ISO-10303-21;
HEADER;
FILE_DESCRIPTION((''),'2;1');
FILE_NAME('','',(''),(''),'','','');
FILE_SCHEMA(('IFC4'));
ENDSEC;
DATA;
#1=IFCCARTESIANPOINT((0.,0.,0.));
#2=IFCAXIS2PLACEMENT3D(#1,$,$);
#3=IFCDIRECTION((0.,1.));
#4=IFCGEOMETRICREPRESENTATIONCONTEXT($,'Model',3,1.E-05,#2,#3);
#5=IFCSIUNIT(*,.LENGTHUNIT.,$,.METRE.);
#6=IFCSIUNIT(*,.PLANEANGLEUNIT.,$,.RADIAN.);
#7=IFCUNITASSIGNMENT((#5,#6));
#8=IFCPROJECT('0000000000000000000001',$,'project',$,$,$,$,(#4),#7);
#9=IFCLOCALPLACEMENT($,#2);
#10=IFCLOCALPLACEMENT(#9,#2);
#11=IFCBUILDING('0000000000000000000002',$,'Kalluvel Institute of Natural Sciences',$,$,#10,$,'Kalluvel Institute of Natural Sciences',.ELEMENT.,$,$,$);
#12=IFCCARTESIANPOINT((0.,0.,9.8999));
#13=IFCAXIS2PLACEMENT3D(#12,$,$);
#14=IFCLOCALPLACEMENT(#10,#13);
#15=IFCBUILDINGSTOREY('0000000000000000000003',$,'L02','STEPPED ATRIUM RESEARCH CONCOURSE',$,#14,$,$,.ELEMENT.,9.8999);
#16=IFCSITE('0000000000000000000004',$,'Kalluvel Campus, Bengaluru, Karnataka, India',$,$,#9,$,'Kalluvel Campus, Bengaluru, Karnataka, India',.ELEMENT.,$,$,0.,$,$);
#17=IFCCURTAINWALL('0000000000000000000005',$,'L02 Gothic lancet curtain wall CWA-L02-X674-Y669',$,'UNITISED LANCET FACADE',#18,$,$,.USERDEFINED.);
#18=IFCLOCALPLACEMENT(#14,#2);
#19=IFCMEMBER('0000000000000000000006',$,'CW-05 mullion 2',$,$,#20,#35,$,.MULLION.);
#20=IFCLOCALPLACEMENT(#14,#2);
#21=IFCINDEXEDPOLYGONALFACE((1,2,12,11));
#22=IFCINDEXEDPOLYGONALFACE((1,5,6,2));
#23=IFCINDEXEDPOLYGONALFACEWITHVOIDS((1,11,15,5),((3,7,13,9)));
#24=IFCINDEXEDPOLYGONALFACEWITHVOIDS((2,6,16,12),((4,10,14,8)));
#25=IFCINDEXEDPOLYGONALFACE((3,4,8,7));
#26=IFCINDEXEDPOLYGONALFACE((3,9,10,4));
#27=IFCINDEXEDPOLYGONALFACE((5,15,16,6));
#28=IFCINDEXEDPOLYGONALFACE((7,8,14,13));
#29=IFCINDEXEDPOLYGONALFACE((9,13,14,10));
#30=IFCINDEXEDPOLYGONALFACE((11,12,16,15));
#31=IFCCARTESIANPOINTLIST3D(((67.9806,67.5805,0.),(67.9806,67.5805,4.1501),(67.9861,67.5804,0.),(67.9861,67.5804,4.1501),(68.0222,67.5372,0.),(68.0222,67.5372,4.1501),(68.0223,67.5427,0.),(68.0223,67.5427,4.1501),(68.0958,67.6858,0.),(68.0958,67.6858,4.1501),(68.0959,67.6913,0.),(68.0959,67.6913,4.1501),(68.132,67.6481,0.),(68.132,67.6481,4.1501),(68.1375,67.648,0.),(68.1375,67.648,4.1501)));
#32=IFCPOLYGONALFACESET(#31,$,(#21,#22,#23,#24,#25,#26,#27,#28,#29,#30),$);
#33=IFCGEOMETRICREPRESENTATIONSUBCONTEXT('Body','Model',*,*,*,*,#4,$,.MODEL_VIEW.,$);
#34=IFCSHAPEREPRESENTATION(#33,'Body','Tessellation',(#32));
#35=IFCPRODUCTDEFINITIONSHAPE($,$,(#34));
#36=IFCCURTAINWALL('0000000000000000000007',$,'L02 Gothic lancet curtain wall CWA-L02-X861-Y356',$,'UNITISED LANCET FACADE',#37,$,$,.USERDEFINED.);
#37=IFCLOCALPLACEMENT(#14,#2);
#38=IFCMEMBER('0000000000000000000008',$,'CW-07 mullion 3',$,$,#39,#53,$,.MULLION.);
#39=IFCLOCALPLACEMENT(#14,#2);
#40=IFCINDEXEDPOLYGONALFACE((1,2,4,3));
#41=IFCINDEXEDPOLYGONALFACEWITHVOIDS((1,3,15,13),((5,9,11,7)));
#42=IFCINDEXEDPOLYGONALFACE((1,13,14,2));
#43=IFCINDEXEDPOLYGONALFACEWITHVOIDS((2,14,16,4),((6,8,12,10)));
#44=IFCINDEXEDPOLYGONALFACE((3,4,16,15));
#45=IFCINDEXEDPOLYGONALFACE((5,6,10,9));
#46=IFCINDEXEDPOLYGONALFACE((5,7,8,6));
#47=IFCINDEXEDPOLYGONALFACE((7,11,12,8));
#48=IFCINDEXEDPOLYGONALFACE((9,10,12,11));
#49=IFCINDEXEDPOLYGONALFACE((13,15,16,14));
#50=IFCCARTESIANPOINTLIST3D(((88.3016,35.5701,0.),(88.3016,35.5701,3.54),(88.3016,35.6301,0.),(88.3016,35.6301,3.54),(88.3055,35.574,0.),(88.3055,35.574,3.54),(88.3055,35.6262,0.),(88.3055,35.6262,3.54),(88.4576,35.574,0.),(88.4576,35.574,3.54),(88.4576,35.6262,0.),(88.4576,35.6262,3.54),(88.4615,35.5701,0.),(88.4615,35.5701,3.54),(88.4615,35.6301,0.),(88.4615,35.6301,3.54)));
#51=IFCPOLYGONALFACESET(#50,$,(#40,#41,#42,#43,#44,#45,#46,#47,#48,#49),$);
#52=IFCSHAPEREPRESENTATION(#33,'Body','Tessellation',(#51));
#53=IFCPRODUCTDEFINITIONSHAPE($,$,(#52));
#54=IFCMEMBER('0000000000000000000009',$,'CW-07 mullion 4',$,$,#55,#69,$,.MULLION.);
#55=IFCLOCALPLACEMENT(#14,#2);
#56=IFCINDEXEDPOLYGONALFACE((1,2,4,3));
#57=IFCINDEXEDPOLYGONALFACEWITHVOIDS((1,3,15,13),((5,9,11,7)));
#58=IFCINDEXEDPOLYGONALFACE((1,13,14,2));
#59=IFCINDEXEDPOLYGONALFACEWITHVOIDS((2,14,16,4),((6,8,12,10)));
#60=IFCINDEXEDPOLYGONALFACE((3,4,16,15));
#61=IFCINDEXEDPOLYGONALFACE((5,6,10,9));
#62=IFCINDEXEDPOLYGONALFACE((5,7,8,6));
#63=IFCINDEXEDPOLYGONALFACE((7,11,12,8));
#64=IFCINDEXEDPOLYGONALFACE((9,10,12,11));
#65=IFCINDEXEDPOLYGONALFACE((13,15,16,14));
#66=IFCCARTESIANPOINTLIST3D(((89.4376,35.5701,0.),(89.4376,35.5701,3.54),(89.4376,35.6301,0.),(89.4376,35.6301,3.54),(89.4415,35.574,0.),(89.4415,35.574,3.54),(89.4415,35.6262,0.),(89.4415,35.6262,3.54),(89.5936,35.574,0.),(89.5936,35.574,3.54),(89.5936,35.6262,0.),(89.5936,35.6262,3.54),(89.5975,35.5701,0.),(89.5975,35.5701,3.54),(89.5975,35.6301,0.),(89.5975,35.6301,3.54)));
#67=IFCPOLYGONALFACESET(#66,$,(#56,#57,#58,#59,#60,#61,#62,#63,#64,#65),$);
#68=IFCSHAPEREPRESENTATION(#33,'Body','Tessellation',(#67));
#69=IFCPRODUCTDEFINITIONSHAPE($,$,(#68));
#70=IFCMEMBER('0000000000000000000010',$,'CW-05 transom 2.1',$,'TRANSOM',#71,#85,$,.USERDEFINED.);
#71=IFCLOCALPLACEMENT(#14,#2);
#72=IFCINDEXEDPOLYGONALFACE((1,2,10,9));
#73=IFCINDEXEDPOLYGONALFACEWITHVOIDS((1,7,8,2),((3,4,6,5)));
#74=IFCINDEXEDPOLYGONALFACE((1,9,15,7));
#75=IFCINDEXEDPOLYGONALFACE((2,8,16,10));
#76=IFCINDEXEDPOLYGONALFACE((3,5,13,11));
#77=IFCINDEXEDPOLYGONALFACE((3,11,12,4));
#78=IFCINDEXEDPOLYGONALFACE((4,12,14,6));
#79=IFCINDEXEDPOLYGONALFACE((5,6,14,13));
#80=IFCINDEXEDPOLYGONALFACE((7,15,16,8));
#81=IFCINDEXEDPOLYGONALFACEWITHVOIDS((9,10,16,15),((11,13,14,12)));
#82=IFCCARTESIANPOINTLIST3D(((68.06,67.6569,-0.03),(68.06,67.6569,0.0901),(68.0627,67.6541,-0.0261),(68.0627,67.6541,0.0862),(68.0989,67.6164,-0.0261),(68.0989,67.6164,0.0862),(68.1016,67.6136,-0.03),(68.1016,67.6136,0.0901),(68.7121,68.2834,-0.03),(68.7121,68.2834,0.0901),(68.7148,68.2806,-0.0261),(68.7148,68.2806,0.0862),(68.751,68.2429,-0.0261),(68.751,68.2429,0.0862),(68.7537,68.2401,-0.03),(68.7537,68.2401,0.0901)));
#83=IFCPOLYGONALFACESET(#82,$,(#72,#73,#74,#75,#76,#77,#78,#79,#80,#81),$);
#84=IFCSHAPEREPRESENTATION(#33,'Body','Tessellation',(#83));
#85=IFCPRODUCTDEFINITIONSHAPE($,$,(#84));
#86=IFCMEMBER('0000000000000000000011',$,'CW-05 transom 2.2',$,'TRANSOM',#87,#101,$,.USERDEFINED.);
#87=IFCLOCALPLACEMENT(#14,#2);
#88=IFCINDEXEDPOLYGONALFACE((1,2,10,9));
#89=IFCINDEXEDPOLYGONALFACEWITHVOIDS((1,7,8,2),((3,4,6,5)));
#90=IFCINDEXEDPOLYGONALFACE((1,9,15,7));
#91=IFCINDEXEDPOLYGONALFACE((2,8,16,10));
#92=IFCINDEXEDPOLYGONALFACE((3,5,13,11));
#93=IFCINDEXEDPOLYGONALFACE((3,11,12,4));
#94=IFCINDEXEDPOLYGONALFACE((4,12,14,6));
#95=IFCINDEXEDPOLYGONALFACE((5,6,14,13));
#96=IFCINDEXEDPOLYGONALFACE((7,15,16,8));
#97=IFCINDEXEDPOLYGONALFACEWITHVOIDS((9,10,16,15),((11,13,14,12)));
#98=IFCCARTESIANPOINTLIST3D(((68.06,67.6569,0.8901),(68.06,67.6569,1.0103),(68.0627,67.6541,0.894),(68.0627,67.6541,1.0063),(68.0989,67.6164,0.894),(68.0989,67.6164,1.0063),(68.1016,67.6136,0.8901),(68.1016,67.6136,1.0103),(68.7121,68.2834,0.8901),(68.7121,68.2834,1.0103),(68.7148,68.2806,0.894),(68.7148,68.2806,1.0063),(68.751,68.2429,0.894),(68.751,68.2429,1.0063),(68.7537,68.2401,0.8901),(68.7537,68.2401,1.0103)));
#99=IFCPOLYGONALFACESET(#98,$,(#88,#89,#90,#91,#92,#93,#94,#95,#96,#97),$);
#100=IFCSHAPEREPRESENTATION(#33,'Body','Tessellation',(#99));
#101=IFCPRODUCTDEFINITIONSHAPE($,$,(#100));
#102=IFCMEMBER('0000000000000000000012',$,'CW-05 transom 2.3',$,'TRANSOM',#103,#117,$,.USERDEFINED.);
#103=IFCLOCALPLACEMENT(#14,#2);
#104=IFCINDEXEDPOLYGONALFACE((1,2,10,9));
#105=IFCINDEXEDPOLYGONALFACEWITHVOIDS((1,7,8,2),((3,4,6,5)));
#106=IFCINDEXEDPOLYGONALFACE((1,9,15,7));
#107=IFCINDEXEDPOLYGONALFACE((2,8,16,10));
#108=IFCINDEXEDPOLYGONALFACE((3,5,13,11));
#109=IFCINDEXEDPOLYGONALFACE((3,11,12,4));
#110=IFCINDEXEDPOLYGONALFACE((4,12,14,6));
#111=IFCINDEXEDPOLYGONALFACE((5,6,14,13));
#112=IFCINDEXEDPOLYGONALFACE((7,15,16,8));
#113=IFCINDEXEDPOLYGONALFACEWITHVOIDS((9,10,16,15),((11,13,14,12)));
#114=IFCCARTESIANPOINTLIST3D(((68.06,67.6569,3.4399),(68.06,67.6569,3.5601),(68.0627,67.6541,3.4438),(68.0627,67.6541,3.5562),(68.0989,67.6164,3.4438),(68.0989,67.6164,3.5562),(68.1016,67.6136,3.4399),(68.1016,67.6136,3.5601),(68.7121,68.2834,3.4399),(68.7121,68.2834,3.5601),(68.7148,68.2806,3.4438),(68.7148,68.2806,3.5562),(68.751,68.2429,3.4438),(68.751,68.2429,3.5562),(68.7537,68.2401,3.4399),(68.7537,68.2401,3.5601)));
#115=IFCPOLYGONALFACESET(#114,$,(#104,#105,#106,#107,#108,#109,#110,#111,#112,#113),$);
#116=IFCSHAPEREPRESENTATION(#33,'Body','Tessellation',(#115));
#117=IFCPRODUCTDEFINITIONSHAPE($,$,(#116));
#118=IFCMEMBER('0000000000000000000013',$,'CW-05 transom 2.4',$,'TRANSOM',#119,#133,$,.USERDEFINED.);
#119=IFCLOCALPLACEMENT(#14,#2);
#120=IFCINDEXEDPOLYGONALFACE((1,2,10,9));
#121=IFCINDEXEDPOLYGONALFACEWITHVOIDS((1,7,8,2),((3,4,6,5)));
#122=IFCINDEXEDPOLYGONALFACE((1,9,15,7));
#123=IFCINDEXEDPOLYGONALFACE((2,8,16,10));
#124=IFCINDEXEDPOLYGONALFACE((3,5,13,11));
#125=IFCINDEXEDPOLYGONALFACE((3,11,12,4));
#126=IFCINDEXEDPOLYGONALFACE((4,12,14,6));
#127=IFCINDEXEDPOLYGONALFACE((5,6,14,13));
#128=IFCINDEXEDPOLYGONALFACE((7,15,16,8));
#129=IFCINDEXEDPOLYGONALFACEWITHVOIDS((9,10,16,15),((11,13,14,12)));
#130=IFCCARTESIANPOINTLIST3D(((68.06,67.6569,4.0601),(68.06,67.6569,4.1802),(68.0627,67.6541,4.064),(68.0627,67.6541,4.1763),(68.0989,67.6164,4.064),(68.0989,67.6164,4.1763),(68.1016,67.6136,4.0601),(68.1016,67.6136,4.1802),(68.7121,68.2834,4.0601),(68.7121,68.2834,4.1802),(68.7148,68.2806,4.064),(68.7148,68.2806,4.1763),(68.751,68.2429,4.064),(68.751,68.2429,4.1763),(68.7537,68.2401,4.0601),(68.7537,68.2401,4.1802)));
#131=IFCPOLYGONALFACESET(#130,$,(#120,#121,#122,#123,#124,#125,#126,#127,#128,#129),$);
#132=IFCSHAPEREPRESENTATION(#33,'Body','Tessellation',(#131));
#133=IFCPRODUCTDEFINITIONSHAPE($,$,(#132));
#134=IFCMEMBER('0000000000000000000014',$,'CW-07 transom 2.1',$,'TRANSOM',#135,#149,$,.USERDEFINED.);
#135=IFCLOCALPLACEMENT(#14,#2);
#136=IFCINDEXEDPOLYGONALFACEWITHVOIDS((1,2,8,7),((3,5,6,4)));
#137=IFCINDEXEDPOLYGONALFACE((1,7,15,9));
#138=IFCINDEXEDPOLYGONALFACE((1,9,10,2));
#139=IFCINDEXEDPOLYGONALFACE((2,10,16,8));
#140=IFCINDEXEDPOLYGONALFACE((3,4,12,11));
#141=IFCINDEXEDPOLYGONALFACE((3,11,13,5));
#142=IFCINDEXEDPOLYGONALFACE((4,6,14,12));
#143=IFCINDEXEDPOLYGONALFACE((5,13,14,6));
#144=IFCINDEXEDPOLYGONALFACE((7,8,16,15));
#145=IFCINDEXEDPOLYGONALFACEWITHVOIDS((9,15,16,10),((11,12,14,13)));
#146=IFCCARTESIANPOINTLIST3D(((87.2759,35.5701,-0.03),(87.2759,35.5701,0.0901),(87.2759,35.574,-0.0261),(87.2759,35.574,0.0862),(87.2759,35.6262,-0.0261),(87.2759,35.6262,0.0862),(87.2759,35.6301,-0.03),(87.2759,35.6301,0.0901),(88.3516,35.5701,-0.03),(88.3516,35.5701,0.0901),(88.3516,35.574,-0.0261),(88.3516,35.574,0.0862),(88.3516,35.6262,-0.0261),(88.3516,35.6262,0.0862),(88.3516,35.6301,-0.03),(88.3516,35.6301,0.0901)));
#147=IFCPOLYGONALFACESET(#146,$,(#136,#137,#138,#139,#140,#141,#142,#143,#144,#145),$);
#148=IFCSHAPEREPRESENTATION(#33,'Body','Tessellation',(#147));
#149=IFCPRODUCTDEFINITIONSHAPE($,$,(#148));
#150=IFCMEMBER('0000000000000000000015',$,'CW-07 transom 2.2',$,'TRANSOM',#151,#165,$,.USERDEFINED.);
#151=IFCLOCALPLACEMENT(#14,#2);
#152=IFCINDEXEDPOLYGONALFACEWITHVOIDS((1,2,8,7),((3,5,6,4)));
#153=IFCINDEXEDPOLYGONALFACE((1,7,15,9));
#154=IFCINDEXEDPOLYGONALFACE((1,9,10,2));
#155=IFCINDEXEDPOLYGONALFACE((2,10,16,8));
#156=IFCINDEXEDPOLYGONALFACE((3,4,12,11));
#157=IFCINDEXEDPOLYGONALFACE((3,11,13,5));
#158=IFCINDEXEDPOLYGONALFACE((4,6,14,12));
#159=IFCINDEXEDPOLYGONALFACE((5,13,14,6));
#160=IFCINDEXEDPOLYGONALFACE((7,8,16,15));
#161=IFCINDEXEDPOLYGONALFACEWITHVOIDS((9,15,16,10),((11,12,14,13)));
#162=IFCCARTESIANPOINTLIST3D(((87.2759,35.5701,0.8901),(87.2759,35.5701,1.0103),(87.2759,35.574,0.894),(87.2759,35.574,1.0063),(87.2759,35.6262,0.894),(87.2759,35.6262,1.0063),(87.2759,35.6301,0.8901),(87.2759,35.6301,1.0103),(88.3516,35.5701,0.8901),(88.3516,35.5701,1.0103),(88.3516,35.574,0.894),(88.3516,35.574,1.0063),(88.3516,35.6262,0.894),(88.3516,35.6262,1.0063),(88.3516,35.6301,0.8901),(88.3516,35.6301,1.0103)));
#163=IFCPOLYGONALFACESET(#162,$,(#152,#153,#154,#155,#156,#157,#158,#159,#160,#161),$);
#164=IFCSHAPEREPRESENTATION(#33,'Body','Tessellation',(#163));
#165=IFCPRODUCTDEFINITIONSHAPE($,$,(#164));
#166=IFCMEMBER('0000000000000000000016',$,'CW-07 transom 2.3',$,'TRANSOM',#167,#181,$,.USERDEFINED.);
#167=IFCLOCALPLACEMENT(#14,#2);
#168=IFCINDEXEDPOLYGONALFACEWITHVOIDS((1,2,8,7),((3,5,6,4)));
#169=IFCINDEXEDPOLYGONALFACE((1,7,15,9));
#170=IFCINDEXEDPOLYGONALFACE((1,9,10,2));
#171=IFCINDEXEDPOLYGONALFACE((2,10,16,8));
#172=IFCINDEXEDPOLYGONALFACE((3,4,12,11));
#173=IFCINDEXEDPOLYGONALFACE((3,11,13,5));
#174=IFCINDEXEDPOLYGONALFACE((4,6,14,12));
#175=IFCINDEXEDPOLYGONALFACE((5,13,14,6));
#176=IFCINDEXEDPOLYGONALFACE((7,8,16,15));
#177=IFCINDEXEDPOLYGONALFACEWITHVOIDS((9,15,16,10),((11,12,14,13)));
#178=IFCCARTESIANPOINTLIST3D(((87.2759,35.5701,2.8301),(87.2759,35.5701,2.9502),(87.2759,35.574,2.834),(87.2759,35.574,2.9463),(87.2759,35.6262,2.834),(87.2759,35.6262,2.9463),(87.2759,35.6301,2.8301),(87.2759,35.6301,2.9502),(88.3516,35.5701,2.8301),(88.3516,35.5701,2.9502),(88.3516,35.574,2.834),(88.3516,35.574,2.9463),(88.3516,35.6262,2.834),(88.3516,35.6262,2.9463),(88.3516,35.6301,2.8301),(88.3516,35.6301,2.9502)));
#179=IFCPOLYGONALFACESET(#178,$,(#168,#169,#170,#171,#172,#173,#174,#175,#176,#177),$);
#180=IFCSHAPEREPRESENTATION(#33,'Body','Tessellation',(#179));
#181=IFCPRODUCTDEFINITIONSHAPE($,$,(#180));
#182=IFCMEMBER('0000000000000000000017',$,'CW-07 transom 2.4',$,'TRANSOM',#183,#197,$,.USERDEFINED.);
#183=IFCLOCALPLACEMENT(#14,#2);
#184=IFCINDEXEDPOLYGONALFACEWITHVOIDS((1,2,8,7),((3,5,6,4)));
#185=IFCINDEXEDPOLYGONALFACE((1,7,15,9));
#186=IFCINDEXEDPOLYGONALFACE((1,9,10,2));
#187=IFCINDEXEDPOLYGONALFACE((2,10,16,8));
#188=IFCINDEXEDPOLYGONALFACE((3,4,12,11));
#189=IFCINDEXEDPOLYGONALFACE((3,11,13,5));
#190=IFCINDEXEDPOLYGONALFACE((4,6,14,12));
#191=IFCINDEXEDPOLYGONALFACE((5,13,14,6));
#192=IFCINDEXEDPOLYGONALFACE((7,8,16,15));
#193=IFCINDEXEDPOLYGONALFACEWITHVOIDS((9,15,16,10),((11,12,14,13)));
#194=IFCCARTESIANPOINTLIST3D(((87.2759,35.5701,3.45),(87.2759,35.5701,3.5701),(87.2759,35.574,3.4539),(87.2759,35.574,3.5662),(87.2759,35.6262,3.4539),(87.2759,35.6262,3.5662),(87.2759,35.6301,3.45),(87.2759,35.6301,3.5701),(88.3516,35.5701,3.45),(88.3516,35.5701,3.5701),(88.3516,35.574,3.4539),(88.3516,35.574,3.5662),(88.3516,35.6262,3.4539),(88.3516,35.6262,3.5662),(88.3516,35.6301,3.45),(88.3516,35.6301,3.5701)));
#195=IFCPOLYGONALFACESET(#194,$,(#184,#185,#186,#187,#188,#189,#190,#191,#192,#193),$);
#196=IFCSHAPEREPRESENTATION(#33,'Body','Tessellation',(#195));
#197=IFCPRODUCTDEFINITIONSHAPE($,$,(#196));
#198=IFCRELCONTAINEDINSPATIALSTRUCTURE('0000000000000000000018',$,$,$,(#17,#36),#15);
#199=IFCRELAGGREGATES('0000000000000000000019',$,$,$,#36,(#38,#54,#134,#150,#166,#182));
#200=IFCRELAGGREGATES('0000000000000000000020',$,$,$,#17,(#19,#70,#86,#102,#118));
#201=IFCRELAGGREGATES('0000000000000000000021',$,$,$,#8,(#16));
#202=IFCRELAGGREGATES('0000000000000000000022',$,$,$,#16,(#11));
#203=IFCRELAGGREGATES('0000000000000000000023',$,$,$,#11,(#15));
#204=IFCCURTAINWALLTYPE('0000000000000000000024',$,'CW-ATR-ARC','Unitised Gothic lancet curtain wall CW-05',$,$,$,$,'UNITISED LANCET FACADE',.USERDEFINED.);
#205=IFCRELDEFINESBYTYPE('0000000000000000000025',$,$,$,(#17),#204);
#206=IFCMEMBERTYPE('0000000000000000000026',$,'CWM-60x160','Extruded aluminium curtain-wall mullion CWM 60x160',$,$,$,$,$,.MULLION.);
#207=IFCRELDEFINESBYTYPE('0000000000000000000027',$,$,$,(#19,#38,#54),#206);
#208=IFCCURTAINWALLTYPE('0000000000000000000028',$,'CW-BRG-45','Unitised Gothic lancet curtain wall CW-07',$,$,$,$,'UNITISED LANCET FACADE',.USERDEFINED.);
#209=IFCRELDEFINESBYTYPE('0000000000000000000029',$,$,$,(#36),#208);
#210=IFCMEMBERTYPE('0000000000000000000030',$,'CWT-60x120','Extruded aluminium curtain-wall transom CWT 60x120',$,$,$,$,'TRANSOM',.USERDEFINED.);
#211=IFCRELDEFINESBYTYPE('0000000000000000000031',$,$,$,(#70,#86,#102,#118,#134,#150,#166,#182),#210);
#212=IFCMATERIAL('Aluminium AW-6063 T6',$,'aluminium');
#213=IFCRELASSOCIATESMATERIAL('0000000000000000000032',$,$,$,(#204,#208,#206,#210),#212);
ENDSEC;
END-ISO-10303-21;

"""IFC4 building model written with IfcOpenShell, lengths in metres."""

from ifc_helpers import new_model, si_unit, direction, frame, origin, origin_2d, place, context, subcontext, project, spatial, hollow_rectangle, extrude, material, material_profile, profile_set, type_object, element, aggregate, save


model = new_model("IFC4")

# Units and contexts
model_context = context("Model", 3, precision=1e-05, world=origin(), true_north=direction((0.0, 1.0)))
body_context = subcontext(model_context, "Body", "Model", "MODEL_VIEW")
ifc_project = project(units=[si_unit("LENGTHUNIT", "METRE"), si_unit("PLANEANGLEUNIT", "RADIAN")], contexts=[model_context])

# Site, building, storey
site_placement = place(None, origin())
site = spatial("IfcSite", under=ifc_project, at=site_placement, Name="Kalluvel Campus, Bengaluru, Karnataka, India", LongName="Kalluvel Campus, Bengaluru, Karnataka, India", CompositionType="ELEMENT", RefElevation=0.0)
building_placement = place(site_placement, origin())
building = spatial("IfcBuilding", under=site, at=building_placement, Name="Kalluvel Institute of Natural Sciences", LongName="Kalluvel Institute of Natural Sciences", CompositionType="ELEMENT")
storey_placement = place(building_placement, frame((0.0, 0.0, 9.8999)))
storey = spatial("IfcBuildingStorey", under=building, at=storey_placement, Name="L02", Description="STEPPED ATRIUM RESEARCH CONCOURSE", CompositionType="ELEMENT", Elevation=9.8999)

# Curtain wall, member
ifc_material_1 = material(Name="Aluminium AW-6063 T6", Category="aluminium")
curtain_wall_type_1 = type_object("IfcCurtainWallType", Name="CW-ATR-ARC", Description="Unitised Gothic lancet curtain wall CW-05", ElementType="UNITISED LANCET FACADE", PredefinedType="USERDEFINED", material=ifc_material_1)
curtain_wall_1_placement = place(storey_placement, origin())
curtain_wall_1 = element("IfcCurtainWall", 1, at=curtain_wall_1_placement, inside=storey, type_object=curtain_wall_type_1, Name="L02 Gothic lancet curtain wall CWA-L02-X674-Y669", ObjectType="UNITISED LANCET FACADE", PredefinedType="USERDEFINED")
ifc_material_profile_1 = material_profile(ifc_material_1, hollow_rectangle(XDim=0.0601, YDim=0.1599, WallThickness=0.0039, at=origin_2d()), Name="CWM 60x160")
ifc_profile_set_1 = profile_set([ifc_material_profile_1], Name="Aluminium AW-6063 T6")
member_type_1 = type_object("IfcMemberType", Name="CWM-60x160", Description="Extruded aluminium curtain-wall mullion CWM 60x160", PredefinedType="MULLION", material=ifc_profile_set_1)
member_1_placement = place(storey_placement, frame((68.0591, 67.6143, 0.0), z_axis=(0.0, 0.0, 1.0), x_axis=(-0.692731, 0.721196, 0.0)))
member_1 = element("IfcMember", 2, at=member_1_placement, type_object=member_type_1, Name="CW-05 mullion 2", PredefinedType="MULLION", context=body_context, shape_type="SweptSolid", body=[
    extrude(hollow_rectangle(XDim=0.0601, YDim=0.1599, WallThickness=0.0039, at=origin_2d()), origin(), (0.0, 0.0, 1.0), 4.1501),
])

# Curtain wall, members
curtain_wall_type_2 = type_object("IfcCurtainWallType", Name="CW-BRG-45", Description="Unitised Gothic lancet curtain wall CW-07", ElementType="UNITISED LANCET FACADE", PredefinedType="USERDEFINED", material=ifc_material_1)
curtain_wall_2_placement = place(storey_placement, origin())
curtain_wall_2 = element("IfcCurtainWall", 3, at=curtain_wall_2_placement, inside=storey, type_object=curtain_wall_type_2, Name="L02 Gothic lancet curtain wall CWA-L02-X861-Y356", ObjectType="UNITISED LANCET FACADE", PredefinedType="USERDEFINED")
member_2_placement = place(storey_placement, frame((88.3816, 35.6001, 0.0), z_axis=(0.0, 0.0, 1.0), x_axis=(0.0, 1.0, 0.0)))
member_2 = element("IfcMember", 4, at=member_2_placement, type_object=member_type_1, Name="CW-07 mullion 3", PredefinedType="MULLION", context=body_context, shape_type="SweptSolid", body=[
    extrude(hollow_rectangle(XDim=0.0601, YDim=0.1599, WallThickness=0.0039, at=origin_2d()), origin(), (0.0, 0.0, 1.0), 3.54),
])
member_3_placement = place(storey_placement, frame((89.5176, 35.6001, 0.0), z_axis=(0.0, 0.0, 1.0), x_axis=(0.0, 1.0, 0.0)))
member_3 = element("IfcMember", 5, at=member_3_placement, type_object=member_type_1, Name="CW-07 mullion 4", PredefinedType="MULLION", context=body_context, shape_type="SweptSolid", body=[
    extrude(hollow_rectangle(XDim=0.0601, YDim=0.1599, WallThickness=0.0039, at=origin_2d()), origin(), (0.0, 0.0, 1.0), 3.54),
])

# Members
ifc_material_profile_2 = material_profile(ifc_material_1, hollow_rectangle(XDim=0.0601, YDim=0.1201, WallThickness=0.0039, at=origin_2d()), Name="CWT 60x120")
ifc_profile_set_2 = profile_set([ifc_material_profile_2], Name="Aluminium AW-6063 T6")
member_type_2 = type_object("IfcMemberType", Name="CWT-60x120", Description="Extruded aluminium curtain-wall transom CWT 60x120", ElementType="TRANSOM", PredefinedType="USERDEFINED", material=ifc_profile_set_2)
member_4_placement = place(storey_placement, frame((68.0808, 67.6353, 0.03), z_axis=(0.721139, 0.69279, 0.0), x_axis=(-0.69279, 0.721139, 0.0)))
member_4 = element("IfcMember", 6, at=member_4_placement, type_object=member_type_2, Name="CW-05 transom 2.1", ObjectType="TRANSOM", PredefinedType="USERDEFINED", context=body_context, shape_type="SweptSolid", body=[
    extrude(hollow_rectangle(XDim=0.0601, YDim=0.1201, WallThickness=0.0039, at=origin_2d()), origin(), (0.0, 0.0, 1.0), 0.9043),
])
member_5_placement = place(storey_placement, frame((68.0808, 67.6353, 0.9502), z_axis=(0.721139, 0.69279, 0.0), x_axis=(-0.69279, 0.721139, 0.0)))
member_5 = element("IfcMember", 7, at=member_5_placement, type_object=member_type_2, Name="CW-05 transom 2.2", ObjectType="TRANSOM", PredefinedType="USERDEFINED", context=body_context, shape_type="SweptSolid", body=[
    extrude(hollow_rectangle(XDim=0.0601, YDim=0.1201, WallThickness=0.0039, at=origin_2d()), origin(), (0.0, 0.0, 1.0), 0.9043),
])
member_6_placement = place(storey_placement, frame((68.0808, 67.6353, 3.5), z_axis=(0.721139, 0.69279, 0.0), x_axis=(-0.69279, 0.721139, 0.0)))
member_6 = element("IfcMember", 8, at=member_6_placement, type_object=member_type_2, Name="CW-05 transom 2.3", ObjectType="TRANSOM", PredefinedType="USERDEFINED", context=body_context, shape_type="SweptSolid", body=[
    extrude(hollow_rectangle(XDim=0.0601, YDim=0.1201, WallThickness=0.0039, at=origin_2d()), origin(), (0.0, 0.0, 1.0), 0.9043),
])
member_7_placement = place(storey_placement, frame((68.0808, 67.6353, 4.1201), z_axis=(0.721139, 0.69279, 0.0), x_axis=(-0.69279, 0.721139, 0.0)))
member_7 = element("IfcMember", 9, at=member_7_placement, type_object=member_type_2, Name="CW-05 transom 2.4", ObjectType="TRANSOM", PredefinedType="USERDEFINED", context=body_context, shape_type="SweptSolid", body=[
    extrude(hollow_rectangle(XDim=0.0601, YDim=0.1201, WallThickness=0.0039, at=origin_2d()), origin(), (0.0, 0.0, 1.0), 0.9043),
])
member_8_placement = place(storey_placement, frame((87.2759, 35.6001, 0.03), z_axis=(1.0, 0.0, 0.0), x_axis=(0.0, 1.0, 0.0)))
member_8 = element("IfcMember", 10, at=member_8_placement, type_object=member_type_2, Name="CW-07 transom 2.1", ObjectType="TRANSOM", PredefinedType="USERDEFINED", context=body_context, shape_type="SweptSolid", body=[
    extrude(hollow_rectangle(XDim=0.0601, YDim=0.1201, WallThickness=0.0039, at=origin_2d()), origin(), (0.0, 0.0, 1.0), 1.0757),
])
member_9_placement = place(storey_placement, frame((87.2759, 35.6001, 0.9502), z_axis=(1.0, 0.0, 0.0), x_axis=(0.0, 1.0, 0.0)))
member_9 = element("IfcMember", 11, at=member_9_placement, type_object=member_type_2, Name="CW-07 transom 2.2", ObjectType="TRANSOM", PredefinedType="USERDEFINED", context=body_context, shape_type="SweptSolid", body=[
    extrude(hollow_rectangle(XDim=0.0601, YDim=0.1201, WallThickness=0.0039, at=origin_2d()), origin(), (0.0, 0.0, 1.0), 1.0757),
])
member_10_placement = place(storey_placement, frame((87.2759, 35.6001, 2.8901), z_axis=(1.0, 0.0, 0.0), x_axis=(0.0, 1.0, 0.0)))
member_10 = element("IfcMember", 12, at=member_10_placement, type_object=member_type_2, Name="CW-07 transom 2.3", ObjectType="TRANSOM", PredefinedType="USERDEFINED", context=body_context, shape_type="SweptSolid", body=[
    extrude(hollow_rectangle(XDim=0.0601, YDim=0.1201, WallThickness=0.0039, at=origin_2d()), origin(), (0.0, 0.0, 1.0), 1.0757),
])
member_11_placement = place(storey_placement, frame((87.2759, 35.6001, 3.51), z_axis=(1.0, 0.0, 0.0), x_axis=(0.0, 1.0, 0.0)))
member_11 = element("IfcMember", 13, at=member_11_placement, type_object=member_type_2, Name="CW-07 transom 2.4", ObjectType="TRANSOM", PredefinedType="USERDEFINED", context=body_context, shape_type="SweptSolid", body=[
    extrude(hollow_rectangle(XDim=0.0601, YDim=0.1201, WallThickness=0.0039, at=origin_2d()), origin(), (0.0, 0.0, 1.0), 1.0757),
])

aggregate(curtain_wall_2, [member_2, member_3, member_8, member_9, member_10, member_11])
aggregate(curtain_wall_1, [member_1, member_4, member_5, member_6, member_7])

save(model, "model.ifc")
